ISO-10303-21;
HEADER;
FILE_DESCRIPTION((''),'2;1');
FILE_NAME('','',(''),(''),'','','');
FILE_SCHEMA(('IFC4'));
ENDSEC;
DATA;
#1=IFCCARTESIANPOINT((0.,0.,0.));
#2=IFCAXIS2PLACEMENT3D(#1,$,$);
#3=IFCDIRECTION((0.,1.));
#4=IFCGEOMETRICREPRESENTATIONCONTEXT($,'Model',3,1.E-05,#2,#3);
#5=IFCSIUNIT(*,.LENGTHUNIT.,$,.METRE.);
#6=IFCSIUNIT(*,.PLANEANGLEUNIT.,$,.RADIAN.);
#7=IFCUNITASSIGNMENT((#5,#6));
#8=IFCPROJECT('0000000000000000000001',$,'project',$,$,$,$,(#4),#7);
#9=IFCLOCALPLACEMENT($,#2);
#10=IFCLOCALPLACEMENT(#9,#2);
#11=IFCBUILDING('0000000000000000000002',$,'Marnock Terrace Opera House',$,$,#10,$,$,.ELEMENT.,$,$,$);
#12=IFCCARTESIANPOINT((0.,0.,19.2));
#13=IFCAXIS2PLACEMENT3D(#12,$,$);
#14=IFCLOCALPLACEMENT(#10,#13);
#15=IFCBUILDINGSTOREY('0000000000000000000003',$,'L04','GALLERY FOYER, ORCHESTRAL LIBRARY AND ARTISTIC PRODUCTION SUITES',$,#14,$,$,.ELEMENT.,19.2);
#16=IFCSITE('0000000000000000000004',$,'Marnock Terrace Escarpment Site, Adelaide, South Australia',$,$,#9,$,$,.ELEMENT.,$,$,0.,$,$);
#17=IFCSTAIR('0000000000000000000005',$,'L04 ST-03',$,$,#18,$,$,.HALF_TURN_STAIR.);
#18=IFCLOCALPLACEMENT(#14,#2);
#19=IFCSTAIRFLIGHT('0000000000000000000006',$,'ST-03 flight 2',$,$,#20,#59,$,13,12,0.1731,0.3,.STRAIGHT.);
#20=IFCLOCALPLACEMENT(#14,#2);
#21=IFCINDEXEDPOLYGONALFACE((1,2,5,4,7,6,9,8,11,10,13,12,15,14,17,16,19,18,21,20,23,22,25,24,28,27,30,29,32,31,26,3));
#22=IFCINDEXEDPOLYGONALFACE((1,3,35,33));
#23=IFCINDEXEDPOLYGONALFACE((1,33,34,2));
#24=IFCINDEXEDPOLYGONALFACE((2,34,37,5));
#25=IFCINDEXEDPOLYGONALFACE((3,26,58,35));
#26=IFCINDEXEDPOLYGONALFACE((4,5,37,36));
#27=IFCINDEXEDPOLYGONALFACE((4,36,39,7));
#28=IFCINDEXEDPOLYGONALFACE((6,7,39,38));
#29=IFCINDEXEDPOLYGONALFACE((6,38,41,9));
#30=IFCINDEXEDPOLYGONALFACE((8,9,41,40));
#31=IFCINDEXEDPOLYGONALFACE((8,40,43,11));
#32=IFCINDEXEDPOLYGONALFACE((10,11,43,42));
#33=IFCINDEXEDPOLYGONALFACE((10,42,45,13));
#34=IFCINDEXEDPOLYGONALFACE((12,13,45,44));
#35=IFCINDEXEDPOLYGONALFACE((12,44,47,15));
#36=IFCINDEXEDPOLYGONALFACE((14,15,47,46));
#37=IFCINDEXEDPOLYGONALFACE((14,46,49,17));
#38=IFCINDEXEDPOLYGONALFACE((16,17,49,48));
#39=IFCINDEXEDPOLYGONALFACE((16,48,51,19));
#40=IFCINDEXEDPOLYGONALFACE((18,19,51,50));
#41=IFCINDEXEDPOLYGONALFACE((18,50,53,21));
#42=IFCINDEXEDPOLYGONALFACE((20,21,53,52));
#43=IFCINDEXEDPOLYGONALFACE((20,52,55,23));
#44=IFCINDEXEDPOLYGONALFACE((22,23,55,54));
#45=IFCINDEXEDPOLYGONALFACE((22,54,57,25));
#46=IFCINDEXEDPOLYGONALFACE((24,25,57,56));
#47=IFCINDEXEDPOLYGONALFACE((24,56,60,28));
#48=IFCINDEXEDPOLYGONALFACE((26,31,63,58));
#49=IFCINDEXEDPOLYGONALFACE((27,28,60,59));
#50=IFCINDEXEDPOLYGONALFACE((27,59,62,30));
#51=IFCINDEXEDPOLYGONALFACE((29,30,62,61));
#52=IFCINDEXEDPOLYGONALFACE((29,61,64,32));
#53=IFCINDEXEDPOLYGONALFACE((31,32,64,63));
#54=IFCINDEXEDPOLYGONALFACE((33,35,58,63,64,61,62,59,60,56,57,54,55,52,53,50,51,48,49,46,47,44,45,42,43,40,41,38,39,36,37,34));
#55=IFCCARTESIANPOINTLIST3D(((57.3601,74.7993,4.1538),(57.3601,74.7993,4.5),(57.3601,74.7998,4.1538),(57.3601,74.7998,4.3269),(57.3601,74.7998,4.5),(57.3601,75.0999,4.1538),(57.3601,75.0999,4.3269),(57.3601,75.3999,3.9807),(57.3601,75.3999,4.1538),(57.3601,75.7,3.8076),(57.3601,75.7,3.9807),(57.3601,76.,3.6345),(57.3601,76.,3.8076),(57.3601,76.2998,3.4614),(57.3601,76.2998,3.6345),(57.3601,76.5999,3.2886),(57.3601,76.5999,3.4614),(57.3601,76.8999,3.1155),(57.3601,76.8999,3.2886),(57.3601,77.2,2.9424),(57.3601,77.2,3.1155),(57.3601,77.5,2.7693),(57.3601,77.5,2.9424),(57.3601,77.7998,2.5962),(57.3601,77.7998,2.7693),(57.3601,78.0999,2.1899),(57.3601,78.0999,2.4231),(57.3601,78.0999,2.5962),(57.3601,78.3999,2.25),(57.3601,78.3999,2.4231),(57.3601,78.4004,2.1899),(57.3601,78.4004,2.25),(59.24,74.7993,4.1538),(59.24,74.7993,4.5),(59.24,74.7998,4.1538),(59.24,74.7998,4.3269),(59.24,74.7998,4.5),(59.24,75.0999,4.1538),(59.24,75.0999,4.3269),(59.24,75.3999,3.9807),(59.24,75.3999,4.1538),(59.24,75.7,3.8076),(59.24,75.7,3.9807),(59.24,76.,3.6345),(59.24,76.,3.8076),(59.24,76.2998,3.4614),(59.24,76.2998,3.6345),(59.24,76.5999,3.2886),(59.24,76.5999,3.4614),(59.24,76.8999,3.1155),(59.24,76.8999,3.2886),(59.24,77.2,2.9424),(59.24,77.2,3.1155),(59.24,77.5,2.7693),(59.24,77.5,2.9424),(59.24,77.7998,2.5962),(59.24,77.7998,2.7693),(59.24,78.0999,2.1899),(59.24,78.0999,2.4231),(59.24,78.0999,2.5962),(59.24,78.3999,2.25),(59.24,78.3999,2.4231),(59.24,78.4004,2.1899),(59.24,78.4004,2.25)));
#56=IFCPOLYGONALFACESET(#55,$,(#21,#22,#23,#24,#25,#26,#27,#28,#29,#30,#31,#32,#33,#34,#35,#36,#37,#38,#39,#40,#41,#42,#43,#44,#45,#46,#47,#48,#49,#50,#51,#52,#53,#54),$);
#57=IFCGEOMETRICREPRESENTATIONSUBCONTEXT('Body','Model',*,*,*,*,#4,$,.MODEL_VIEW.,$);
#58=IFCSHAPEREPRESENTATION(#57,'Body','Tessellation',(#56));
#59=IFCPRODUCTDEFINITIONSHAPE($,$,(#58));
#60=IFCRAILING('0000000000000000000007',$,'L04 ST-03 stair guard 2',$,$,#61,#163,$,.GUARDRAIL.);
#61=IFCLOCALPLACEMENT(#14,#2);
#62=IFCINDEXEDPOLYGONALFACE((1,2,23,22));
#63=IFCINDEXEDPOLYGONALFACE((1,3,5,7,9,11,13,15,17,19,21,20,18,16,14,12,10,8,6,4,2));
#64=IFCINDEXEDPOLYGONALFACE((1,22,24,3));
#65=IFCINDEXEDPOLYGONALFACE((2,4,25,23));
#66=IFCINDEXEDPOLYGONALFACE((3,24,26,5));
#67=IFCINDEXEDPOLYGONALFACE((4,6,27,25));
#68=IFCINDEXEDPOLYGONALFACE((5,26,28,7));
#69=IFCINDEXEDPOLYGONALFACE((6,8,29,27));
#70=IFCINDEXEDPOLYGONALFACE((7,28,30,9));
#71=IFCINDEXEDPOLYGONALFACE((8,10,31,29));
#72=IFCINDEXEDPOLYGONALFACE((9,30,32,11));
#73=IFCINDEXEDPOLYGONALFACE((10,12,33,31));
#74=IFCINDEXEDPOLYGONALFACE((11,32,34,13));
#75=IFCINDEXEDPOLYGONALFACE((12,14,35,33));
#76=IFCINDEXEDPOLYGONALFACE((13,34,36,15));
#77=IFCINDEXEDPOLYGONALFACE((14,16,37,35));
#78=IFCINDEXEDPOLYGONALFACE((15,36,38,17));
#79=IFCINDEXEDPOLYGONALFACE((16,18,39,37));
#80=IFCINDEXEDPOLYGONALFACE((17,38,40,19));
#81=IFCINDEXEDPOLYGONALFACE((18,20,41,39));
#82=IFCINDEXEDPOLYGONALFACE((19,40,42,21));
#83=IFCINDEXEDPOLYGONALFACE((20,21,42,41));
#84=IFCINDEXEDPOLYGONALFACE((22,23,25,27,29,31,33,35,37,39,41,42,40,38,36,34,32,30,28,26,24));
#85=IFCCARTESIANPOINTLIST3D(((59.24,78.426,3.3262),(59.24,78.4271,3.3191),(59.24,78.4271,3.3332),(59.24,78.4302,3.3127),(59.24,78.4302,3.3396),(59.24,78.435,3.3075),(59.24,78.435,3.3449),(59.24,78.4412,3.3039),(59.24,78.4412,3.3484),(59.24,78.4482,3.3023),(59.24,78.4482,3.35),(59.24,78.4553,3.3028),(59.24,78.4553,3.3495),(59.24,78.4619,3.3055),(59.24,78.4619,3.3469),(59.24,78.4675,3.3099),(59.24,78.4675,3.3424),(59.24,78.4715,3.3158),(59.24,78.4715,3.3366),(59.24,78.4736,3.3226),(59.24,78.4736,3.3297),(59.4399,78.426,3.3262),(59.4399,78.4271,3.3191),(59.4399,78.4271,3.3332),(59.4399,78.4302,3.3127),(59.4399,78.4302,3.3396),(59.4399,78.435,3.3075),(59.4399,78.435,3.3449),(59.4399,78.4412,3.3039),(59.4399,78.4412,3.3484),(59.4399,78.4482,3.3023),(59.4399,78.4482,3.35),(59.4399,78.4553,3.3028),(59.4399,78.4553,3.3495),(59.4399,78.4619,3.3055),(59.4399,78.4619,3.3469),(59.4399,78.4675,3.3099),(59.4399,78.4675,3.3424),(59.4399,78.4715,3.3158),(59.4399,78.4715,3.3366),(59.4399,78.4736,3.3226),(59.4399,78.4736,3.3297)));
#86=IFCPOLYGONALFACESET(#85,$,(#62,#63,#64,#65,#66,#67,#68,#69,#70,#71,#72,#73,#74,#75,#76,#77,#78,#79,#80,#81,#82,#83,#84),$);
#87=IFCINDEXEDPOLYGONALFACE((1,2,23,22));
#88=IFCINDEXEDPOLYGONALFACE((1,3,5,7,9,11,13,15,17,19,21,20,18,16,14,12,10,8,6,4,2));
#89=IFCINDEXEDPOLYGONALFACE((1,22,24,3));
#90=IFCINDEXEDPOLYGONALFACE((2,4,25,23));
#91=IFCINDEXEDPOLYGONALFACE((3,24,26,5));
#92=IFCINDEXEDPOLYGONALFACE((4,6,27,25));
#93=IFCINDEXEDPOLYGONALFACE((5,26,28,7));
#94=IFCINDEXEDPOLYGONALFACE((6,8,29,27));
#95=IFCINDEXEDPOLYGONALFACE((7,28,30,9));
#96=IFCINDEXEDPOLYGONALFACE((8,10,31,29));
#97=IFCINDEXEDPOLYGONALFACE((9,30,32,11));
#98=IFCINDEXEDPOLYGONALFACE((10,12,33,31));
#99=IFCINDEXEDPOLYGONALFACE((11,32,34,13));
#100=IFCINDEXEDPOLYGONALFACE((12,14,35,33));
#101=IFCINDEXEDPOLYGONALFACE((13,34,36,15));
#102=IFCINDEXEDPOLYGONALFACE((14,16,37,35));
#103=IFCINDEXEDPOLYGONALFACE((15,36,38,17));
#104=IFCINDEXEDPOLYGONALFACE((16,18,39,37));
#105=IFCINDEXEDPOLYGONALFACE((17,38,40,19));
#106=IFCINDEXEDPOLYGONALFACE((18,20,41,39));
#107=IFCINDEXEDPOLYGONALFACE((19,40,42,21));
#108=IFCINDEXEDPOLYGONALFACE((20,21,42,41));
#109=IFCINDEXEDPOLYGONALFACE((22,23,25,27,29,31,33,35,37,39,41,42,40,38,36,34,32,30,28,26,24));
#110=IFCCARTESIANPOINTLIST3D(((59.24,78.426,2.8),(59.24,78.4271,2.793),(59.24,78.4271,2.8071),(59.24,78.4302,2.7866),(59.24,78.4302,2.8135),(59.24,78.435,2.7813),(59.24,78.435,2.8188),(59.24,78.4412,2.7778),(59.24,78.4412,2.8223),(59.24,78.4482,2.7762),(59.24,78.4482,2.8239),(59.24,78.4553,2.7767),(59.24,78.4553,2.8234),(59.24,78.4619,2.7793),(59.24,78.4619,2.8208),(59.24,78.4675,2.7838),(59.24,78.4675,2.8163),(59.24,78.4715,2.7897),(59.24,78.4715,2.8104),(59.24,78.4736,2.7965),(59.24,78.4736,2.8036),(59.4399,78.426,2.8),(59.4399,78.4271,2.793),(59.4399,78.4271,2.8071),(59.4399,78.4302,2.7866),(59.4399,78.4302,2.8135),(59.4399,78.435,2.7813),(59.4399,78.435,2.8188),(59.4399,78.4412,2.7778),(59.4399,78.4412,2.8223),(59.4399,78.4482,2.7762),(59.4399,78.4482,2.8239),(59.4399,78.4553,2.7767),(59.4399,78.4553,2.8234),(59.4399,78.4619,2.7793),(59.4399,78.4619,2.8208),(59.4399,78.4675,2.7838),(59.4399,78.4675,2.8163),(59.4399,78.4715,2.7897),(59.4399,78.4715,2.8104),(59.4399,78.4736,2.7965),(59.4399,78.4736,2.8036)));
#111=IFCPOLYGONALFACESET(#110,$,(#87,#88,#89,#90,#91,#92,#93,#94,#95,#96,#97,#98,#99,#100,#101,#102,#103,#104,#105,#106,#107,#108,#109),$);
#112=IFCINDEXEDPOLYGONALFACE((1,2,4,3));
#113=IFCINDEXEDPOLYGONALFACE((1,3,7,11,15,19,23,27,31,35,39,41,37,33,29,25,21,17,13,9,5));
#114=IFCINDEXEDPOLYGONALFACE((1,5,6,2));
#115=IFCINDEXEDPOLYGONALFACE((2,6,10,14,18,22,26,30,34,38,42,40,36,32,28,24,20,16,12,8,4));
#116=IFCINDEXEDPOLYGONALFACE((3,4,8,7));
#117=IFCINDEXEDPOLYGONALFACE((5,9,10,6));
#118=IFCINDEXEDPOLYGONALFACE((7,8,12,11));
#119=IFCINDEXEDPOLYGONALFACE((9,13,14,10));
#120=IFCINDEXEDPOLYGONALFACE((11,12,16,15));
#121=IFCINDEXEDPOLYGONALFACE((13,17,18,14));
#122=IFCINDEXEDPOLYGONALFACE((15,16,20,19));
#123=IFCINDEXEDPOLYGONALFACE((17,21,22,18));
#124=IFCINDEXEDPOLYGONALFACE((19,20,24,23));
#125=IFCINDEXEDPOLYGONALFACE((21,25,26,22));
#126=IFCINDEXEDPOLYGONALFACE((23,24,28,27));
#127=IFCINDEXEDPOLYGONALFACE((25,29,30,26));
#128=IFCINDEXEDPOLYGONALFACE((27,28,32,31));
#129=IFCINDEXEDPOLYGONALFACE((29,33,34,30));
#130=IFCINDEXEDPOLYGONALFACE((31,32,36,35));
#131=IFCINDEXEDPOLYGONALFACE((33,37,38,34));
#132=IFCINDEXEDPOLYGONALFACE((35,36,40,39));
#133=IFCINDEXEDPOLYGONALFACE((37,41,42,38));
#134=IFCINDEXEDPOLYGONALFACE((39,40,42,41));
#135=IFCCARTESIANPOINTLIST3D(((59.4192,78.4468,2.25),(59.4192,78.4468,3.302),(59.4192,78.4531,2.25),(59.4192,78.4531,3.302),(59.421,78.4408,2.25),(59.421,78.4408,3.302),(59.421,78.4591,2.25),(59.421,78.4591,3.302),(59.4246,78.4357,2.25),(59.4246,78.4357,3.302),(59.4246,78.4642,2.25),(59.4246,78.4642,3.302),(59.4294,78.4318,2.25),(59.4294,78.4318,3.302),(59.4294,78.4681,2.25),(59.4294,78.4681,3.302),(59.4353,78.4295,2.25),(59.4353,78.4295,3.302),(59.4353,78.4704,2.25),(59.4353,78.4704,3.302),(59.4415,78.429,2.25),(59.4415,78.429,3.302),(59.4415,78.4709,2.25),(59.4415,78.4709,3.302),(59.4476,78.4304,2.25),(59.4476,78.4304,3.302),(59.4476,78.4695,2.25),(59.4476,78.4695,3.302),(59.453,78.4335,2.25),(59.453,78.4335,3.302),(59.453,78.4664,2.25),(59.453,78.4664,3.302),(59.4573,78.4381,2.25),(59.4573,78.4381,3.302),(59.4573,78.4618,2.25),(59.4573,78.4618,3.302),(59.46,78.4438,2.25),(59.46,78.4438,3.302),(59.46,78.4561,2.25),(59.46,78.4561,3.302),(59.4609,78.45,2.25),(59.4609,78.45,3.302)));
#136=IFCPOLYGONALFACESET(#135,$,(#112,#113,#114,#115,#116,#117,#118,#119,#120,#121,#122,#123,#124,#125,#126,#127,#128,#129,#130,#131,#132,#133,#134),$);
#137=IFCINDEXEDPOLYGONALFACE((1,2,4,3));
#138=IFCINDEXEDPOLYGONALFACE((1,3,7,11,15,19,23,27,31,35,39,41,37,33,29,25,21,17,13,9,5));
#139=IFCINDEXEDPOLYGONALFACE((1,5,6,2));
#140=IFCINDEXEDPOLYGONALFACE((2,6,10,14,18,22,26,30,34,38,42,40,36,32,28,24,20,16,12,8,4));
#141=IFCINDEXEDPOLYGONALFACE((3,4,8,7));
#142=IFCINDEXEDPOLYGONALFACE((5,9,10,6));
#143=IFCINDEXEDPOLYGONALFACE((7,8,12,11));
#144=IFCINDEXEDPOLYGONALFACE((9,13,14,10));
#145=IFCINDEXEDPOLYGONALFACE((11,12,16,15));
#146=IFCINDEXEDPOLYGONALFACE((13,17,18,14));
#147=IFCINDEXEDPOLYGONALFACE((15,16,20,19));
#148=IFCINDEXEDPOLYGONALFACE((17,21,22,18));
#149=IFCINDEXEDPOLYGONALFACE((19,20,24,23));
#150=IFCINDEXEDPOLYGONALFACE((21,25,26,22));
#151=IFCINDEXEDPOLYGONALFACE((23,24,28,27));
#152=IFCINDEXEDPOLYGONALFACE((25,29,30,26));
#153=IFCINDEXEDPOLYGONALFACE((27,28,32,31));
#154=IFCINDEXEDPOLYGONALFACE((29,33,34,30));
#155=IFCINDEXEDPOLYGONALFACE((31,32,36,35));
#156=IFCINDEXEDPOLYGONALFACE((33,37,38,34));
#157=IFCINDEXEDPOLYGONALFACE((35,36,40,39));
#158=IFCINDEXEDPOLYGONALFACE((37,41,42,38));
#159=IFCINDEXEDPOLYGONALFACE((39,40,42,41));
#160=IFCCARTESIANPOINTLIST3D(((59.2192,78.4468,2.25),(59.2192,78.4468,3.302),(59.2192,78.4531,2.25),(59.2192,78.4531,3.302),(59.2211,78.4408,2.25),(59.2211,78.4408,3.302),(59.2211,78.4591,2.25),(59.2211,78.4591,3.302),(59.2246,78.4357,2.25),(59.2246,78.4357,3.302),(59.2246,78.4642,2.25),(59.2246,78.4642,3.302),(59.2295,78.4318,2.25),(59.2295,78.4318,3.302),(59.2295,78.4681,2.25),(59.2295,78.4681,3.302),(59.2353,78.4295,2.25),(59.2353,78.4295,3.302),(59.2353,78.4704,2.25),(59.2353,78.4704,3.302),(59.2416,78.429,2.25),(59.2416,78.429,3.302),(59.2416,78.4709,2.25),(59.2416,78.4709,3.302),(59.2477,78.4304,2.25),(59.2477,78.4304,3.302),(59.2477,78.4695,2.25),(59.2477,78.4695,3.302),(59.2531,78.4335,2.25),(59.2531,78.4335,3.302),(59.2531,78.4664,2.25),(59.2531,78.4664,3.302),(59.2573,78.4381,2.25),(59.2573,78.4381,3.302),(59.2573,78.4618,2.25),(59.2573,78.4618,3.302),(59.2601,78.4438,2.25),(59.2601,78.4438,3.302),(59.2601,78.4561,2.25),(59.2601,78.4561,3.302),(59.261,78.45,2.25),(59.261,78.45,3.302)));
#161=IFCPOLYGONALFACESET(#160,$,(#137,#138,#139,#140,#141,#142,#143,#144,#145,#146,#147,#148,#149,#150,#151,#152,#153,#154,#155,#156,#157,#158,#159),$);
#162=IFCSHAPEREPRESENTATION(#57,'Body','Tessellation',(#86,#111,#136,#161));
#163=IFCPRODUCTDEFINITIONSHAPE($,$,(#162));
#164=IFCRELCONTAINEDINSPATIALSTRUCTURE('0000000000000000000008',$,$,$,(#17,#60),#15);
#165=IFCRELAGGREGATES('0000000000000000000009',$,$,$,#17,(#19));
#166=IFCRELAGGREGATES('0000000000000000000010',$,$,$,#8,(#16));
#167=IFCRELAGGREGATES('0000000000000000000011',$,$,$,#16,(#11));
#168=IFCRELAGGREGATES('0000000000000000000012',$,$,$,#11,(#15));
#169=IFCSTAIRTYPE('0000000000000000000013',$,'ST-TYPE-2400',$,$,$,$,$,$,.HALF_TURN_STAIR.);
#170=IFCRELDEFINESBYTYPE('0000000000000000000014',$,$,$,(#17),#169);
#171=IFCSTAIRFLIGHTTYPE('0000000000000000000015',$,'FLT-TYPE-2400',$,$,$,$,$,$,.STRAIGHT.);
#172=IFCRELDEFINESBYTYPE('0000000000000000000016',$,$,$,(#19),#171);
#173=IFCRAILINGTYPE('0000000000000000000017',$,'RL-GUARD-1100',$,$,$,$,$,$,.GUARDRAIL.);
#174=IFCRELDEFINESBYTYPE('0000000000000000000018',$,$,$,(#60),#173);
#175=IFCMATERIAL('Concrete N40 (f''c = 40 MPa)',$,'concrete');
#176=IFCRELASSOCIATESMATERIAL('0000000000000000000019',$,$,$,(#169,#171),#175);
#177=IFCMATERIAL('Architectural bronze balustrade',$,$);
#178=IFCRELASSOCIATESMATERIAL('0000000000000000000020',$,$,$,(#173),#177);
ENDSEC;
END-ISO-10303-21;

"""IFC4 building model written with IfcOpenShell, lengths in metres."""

from ifc_helpers import new_model, si_unit, direction, frame, origin, origin_2d, place, context, subcontext, project, spatial, polyline, circle, outline, extrude, material, type_object, element, aggregate, save


model = new_model("IFC4")

# Units and contexts
model_context = context("Model", 3, precision=1e-05, world=origin(), true_north=direction((0.0, 1.0)))
body_context = subcontext(model_context, "Body", "Model", "MODEL_VIEW")
ifc_project = project(units=[si_unit("LENGTHUNIT", "METRE"), si_unit("PLANEANGLEUNIT", "RADIAN")], contexts=[model_context])

# Site, building, storey
site_placement = place(None, origin())
site = spatial("IfcSite", under=ifc_project, at=site_placement, Name="Marnock Terrace Escarpment Site, Adelaide, South Australia", CompositionType="ELEMENT", RefElevation=0.0)
building_placement = place(site_placement, origin())
building = spatial("IfcBuilding", under=site, at=building_placement, Name="Marnock Terrace Opera House", CompositionType="ELEMENT")
storey_placement = place(building_placement, frame((0.0, 0.0, 19.2)))
storey = spatial("IfcBuildingStorey", under=building, at=storey_placement, Name="L04", Description="GALLERY FOYER, ORCHESTRAL LIBRARY AND ARTISTIC PRODUCTION SUITES", CompositionType="ELEMENT", Elevation=19.2)

# Shared definitions
ifc_material_1 = material(Name="Concrete N40 (f'c = 40 MPa)", Category="concrete")

# Stair, stair flight
stair_type = type_object("IfcStairType", Name="ST-TYPE-2400", PredefinedType="HALF_TURN_STAIR", material=ifc_material_1)
stair_placement = place(storey_placement, origin())
stair = element("IfcStair", 1, at=stair_placement, inside=storey, type_object=stair_type, Name="L04 ST-03", PredefinedType="HALF_TURN_STAIR")
stair_flight_type = type_object("IfcStairFlightType", Name="FLT-TYPE-2400", PredefinedType="STRAIGHT", material=ifc_material_1)
stair_flight_1_placement = place(storey_placement, frame((58.3, 78.3999, 2.25), z_axis=(0.0, 0.0, 1.0), x_axis=(0.0, -1.0, 0.0)))
stair_flight_1 = element("IfcStairFlight", 2, at=stair_flight_1_placement, type_object=stair_flight_type, Name="ST-03 flight 2", NumberOfRisers=13, NumberOfTreads=12, PredefinedType="STRAIGHT", RiserHeight=0.1731, TreadLength=0.3, context=body_context, shape_type="SweptSolid", body=[
    extrude(outline(polyline([(-0.0005, -0.0601), (-0.0005, 0.0), (0.0, 0.0), (0.0, 0.1731), (0.3, 0.1731), (0.3, 0.3462), (0.6001, 0.3462), (0.6001, 0.5193), (0.8999, 0.5193), (0.8999, 0.6924), (1.2, 0.6924), (1.2, 0.8655), (1.5, 0.8655), (1.5, 1.0386), (1.8, 1.0386), (1.8, 1.2114), (2.1001, 1.2114), (2.1001, 1.3845), (2.3999, 1.3845), (2.3999, 1.5576), (2.7, 1.5576), (2.7, 1.7307), (3.0, 1.7307), (3.0, 1.9038), (3.3, 1.9038), (3.3, 2.0769), (3.6001, 2.0769), (3.6001, 2.25), (3.6006, 2.25), (3.6006, 1.9038), (3.6001, 1.9038), (0.3, -0.0601), (-0.0005, -0.0601)])), frame((0.0, 0.9399, 0.0), z_axis=(0.0, -1.0, 0.0), x_axis=(1.0, 0.0, 0.0)), (0.0, 0.0, 1.0), 1.8799),
])
aggregate(stair, [stair_flight_1])

# Railing
ifc_material_2 = material(Name="Architectural bronze balustrade")
railing_type_1 = type_object("IfcRailingType", Name="RL-GUARD-1100", PredefinedType="GUARDRAIL", material=ifc_material_2)
railing_1_placement = place(storey_placement, frame((59.4399, 78.45, 2.25)))
element("IfcRailing", 3, at=railing_1_placement, inside=storey, type_object=railing_type_1, Name="L04 ST-03 stair guard 2", PredefinedType="GUARDRAIL", context=body_context, shape_type="SweptSolid", body=[
    extrude(circle(Radius=0.0239, at=origin_2d()), frame((0.0, 0.0, 1.0762), z_axis=(-1.0, 0.0, 0.0), x_axis=(0.0, -1.0, 0.0)), (0.0, 0.0, 1.0), 0.2),
    extrude(circle(Radius=0.0239, at=origin_2d()), frame((0.0, 0.0, 0.55), z_axis=(-1.0, 0.0, 0.0), x_axis=(0.0, -1.0, 0.0)), (0.0, 0.0, 1.0), 0.2),
    extrude(circle(Radius=0.021, at=origin_2d()), origin(), (0.0, 0.0, 1.0), 1.052),
    extrude(circle(Radius=0.021, at=origin_2d()), frame((-0.2, 0.0, 0.0)), (0.0, 0.0, 1.0), 1.052),
])

save(model, "model.ifc")
